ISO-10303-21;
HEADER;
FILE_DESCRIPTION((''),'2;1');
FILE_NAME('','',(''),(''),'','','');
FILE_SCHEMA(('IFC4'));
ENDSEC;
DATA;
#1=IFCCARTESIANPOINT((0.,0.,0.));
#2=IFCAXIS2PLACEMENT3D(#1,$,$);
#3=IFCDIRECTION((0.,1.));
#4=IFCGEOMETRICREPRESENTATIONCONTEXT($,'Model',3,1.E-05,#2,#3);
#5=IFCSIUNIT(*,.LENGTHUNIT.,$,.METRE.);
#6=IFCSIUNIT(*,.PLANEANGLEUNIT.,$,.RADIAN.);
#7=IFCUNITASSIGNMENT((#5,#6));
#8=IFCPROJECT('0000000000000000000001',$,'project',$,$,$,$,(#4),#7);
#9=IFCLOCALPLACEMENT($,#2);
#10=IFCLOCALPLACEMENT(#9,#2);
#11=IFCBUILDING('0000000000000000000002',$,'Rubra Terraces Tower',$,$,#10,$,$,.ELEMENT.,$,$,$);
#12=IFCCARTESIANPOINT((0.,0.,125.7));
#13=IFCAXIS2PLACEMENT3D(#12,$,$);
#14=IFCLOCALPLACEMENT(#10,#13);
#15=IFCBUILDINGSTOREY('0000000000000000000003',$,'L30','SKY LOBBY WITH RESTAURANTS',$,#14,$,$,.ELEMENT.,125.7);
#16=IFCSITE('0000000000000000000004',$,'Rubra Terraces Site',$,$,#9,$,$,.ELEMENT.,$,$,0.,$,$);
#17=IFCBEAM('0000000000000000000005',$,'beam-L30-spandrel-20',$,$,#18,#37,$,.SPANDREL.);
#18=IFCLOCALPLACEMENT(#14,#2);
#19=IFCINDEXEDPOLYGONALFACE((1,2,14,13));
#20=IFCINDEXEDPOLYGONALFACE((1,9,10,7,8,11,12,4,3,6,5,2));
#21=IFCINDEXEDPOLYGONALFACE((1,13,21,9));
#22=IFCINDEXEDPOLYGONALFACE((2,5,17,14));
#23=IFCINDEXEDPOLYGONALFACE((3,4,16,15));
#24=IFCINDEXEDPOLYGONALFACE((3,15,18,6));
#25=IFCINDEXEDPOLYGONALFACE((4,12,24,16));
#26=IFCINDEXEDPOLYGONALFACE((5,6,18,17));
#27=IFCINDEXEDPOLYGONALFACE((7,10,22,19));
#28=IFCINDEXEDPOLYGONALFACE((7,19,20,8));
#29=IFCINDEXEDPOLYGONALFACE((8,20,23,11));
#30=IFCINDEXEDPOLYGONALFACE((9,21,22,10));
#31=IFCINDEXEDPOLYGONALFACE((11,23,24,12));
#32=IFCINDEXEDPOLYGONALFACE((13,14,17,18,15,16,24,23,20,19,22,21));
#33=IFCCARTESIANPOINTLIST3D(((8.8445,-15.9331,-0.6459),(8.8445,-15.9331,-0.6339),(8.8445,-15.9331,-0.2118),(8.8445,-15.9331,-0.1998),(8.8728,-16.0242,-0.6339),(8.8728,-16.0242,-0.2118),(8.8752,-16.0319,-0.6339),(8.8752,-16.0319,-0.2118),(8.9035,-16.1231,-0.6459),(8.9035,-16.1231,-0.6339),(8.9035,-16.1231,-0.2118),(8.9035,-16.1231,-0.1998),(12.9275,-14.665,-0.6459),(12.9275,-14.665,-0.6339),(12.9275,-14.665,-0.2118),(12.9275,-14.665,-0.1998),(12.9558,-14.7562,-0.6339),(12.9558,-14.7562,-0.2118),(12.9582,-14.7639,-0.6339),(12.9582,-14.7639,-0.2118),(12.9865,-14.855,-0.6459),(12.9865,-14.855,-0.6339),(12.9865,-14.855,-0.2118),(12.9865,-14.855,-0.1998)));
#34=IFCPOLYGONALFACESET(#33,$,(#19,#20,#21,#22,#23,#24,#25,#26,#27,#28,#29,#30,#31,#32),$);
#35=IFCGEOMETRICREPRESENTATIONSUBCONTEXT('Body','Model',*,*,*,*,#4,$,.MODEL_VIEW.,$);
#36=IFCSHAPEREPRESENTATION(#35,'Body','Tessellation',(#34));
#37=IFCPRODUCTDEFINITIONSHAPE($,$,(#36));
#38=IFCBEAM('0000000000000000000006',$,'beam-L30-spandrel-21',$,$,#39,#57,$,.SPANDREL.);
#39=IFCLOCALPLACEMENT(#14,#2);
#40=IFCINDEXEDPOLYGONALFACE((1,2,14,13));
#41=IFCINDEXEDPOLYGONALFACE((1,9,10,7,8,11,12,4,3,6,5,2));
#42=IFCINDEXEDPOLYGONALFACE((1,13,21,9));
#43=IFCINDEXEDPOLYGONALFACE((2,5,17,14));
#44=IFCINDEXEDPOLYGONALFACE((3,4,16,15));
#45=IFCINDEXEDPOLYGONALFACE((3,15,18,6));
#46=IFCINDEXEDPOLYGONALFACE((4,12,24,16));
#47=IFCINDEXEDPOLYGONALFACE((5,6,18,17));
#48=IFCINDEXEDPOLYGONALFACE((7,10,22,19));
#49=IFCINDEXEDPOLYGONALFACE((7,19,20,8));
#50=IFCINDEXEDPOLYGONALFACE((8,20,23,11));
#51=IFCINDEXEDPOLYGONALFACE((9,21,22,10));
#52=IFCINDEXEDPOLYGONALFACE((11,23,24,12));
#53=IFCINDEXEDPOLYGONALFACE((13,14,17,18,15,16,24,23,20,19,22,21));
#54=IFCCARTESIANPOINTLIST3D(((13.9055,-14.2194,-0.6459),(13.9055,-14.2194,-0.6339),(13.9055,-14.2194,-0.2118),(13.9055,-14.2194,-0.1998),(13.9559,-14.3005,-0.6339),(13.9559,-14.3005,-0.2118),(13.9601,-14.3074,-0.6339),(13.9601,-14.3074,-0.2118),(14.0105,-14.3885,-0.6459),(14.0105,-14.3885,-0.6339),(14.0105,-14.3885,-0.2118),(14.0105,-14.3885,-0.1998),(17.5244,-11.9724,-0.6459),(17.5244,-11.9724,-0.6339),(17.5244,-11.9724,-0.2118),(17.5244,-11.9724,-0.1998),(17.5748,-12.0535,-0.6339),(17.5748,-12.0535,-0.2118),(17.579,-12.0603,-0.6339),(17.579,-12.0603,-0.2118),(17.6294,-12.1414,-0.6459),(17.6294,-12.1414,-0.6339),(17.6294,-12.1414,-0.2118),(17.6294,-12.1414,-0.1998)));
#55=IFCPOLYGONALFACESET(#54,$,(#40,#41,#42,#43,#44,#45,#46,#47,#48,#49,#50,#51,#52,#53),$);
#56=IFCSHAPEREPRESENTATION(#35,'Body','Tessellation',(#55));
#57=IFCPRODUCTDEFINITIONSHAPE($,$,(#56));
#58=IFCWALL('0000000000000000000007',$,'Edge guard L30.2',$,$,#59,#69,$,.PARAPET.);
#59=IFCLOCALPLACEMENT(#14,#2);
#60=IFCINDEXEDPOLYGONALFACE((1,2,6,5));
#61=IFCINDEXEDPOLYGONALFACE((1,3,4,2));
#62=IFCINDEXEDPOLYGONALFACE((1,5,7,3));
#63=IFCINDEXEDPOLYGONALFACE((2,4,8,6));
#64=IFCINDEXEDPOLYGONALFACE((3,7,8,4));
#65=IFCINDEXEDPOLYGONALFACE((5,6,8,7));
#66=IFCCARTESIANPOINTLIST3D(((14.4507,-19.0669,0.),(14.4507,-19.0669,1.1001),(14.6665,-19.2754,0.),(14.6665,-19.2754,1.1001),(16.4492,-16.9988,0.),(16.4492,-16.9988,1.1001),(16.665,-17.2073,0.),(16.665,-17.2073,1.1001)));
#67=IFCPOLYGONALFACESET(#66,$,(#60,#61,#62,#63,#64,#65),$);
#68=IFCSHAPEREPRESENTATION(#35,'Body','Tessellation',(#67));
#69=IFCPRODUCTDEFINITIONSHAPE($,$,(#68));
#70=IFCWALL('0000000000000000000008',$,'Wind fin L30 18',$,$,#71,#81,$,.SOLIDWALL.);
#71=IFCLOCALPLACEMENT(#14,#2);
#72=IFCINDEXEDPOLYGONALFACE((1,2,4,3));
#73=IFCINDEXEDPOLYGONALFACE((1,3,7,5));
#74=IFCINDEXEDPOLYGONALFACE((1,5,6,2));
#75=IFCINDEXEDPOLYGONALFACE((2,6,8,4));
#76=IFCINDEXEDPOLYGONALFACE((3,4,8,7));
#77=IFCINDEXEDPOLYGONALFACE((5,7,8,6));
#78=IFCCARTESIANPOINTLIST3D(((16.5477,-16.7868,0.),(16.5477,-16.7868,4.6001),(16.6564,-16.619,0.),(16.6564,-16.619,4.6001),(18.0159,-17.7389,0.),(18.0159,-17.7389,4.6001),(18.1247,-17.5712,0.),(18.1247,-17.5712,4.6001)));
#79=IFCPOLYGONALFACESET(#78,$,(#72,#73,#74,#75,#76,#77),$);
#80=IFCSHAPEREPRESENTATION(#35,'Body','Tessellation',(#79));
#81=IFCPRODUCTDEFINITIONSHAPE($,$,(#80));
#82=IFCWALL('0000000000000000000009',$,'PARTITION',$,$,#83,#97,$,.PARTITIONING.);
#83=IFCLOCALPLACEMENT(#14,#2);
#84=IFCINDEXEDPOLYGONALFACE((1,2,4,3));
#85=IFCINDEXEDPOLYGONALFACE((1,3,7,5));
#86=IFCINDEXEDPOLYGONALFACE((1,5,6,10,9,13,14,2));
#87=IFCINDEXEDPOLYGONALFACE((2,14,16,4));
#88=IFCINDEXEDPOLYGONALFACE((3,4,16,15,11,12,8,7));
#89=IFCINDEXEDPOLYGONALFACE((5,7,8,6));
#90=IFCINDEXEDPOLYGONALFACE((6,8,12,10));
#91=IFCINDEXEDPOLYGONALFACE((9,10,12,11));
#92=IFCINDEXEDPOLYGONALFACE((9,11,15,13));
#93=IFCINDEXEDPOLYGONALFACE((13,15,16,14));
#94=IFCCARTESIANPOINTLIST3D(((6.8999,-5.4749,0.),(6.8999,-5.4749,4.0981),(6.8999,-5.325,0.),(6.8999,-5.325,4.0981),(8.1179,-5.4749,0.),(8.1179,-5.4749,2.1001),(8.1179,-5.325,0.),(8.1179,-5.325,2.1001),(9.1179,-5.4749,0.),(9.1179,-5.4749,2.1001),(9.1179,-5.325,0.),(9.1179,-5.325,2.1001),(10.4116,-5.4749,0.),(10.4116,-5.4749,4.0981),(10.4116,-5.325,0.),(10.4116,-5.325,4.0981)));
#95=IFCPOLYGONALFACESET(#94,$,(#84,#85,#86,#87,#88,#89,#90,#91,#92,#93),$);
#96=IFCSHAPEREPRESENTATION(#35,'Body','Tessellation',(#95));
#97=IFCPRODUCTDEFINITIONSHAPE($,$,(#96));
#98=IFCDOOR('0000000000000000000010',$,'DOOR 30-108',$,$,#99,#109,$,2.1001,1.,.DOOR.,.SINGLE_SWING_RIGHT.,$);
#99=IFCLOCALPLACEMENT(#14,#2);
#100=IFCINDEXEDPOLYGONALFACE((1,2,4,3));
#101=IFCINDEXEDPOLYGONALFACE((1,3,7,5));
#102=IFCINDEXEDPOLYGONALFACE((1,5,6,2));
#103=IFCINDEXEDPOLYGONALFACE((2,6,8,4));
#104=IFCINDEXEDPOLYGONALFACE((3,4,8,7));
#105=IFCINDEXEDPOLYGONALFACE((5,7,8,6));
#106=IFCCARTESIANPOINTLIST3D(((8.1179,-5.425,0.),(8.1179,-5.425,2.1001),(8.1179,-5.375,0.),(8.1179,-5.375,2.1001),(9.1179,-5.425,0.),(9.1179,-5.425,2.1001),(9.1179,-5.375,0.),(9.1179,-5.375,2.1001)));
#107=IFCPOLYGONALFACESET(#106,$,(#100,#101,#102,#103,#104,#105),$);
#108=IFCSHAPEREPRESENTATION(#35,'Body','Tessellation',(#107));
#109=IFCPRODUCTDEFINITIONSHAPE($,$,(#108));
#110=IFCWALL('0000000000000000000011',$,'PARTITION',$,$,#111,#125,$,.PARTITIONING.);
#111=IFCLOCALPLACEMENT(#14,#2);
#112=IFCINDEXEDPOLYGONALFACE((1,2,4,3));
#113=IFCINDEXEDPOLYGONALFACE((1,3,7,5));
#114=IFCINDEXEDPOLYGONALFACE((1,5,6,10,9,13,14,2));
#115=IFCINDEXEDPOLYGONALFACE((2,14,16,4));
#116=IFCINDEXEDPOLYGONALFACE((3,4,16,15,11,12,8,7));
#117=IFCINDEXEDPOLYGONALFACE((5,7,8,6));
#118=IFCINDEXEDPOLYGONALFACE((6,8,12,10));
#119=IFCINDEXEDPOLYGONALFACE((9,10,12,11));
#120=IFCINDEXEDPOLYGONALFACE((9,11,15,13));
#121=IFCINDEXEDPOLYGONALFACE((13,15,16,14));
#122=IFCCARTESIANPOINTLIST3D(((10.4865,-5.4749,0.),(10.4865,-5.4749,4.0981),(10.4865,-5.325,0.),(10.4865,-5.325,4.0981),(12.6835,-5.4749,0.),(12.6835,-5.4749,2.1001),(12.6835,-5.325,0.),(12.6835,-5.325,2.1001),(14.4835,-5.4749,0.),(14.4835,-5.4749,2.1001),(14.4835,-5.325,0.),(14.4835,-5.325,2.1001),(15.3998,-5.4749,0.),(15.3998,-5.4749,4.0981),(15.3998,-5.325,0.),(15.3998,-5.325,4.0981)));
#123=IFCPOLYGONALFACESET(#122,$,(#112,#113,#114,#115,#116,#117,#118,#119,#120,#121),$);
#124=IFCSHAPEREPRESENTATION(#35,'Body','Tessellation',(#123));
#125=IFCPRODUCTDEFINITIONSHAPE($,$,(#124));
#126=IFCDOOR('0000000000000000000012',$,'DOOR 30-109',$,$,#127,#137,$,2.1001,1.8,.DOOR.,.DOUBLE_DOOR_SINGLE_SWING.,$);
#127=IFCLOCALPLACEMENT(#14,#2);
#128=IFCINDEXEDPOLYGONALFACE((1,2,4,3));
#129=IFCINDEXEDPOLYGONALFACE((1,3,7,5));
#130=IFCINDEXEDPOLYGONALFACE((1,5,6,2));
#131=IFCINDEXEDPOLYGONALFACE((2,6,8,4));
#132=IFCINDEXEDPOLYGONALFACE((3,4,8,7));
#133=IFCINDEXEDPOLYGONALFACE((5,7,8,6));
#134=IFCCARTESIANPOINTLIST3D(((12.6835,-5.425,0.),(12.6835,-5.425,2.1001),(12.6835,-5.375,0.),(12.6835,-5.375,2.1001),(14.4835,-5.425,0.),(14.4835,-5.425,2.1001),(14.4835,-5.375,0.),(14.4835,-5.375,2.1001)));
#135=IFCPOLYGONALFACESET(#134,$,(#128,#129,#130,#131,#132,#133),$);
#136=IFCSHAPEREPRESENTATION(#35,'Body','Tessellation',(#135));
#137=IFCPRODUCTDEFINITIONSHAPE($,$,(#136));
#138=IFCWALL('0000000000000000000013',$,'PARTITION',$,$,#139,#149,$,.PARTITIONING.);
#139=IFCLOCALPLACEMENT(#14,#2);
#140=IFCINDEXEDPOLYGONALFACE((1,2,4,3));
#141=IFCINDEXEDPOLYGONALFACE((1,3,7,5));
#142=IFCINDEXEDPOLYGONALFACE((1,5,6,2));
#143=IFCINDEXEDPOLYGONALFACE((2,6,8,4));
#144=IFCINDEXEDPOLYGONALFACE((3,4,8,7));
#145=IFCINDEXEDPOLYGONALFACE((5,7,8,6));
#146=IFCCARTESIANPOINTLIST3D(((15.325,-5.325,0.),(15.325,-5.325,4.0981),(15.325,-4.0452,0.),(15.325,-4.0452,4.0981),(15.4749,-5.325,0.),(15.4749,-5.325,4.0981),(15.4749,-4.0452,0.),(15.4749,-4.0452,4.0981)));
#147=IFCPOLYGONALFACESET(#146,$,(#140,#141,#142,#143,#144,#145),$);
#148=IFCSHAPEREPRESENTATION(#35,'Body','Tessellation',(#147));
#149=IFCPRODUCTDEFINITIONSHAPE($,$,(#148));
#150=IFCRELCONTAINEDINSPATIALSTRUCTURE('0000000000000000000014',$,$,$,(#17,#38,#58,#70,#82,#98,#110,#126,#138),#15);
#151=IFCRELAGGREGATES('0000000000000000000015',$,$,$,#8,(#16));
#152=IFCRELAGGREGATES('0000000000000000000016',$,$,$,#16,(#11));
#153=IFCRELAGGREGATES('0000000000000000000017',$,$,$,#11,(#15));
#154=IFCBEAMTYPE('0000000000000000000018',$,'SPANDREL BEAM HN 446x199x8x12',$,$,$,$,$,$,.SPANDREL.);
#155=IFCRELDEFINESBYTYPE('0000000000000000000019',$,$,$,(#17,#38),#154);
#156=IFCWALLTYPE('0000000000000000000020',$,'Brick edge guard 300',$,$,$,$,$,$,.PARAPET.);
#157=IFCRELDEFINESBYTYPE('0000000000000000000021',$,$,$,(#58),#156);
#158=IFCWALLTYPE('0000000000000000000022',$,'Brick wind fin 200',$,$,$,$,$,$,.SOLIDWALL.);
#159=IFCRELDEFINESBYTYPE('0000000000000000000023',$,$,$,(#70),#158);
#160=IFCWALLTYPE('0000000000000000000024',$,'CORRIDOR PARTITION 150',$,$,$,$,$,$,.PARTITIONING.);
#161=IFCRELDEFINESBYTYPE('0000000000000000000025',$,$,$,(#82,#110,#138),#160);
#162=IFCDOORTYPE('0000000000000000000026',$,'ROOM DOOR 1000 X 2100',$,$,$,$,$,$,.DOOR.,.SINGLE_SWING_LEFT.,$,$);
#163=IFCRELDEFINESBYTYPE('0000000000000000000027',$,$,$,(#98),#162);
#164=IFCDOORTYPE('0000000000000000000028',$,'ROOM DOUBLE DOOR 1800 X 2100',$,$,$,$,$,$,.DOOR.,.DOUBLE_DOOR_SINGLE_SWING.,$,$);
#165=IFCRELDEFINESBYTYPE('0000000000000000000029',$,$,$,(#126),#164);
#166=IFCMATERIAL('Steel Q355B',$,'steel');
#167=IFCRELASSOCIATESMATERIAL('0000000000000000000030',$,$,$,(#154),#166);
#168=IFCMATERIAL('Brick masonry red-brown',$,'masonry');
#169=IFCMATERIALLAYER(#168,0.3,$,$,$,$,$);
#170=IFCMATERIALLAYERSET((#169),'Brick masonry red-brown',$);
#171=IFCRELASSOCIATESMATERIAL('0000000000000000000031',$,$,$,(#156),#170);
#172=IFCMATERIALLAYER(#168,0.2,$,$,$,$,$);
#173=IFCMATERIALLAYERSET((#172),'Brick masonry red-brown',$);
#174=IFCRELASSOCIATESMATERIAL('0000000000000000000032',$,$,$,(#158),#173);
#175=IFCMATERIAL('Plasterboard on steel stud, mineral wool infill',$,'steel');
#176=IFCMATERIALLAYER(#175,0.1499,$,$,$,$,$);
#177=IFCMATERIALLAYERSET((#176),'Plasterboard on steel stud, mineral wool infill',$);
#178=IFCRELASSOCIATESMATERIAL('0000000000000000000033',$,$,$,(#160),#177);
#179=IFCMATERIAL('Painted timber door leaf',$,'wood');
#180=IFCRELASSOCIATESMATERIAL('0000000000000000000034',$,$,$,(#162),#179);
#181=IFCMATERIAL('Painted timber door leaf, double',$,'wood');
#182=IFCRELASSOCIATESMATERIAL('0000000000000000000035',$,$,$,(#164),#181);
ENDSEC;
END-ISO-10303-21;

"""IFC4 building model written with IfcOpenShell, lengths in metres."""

from ifc_helpers import new_model, si_unit, direction, frame, frame_2d, origin, origin_2d, place, context, subcontext, project, spatial, rectangle, i_section, extrude, material, layer, layer_set, material_profile, profile_set, type_object, element, fill, save


model = new_model("IFC4")

# Units and contexts
model_context = context("Model", 3, precision=1e-05, world=origin(), true_north=direction((0.0, 1.0)))
body_context = subcontext(model_context, "Body", "Model", "MODEL_VIEW")
ifc_project = project(units=[si_unit("LENGTHUNIT", "METRE"), si_unit("PLANEANGLEUNIT", "RADIAN")], contexts=[model_context])

# Site, building, storey
site_placement = place(None, origin())
site = spatial("IfcSite", under=ifc_project, at=site_placement, Name="Rubra Terraces Site", CompositionType="ELEMENT", RefElevation=0.0)
building_placement = place(site_placement, origin())
building = spatial("IfcBuilding", under=site, at=building_placement, Name="Rubra Terraces Tower", CompositionType="ELEMENT")
storey_placement = place(building_placement, frame((0.0, 0.0, 125.7)))
storey = spatial("IfcBuildingStorey", under=building, at=storey_placement, Name="L30", Description="SKY LOBBY WITH RESTAURANTS", CompositionType="ELEMENT", Elevation=125.7)

# Beams
ifc_material_1 = material(Name="Steel Q355B", Category="steel")
ifc_material_profile_1 = material_profile(ifc_material_1, i_section(OverallWidth=0.199, OverallDepth=0.446, WebThickness=0.0081, FlangeThickness=0.012, at=origin_2d()), Name="HN 446x199x8x12")
ifc_profile_set_1 = profile_set([ifc_material_profile_1], Name="Steel Q355B")
beam_type_1 = type_object("IfcBeamType", Name="SPANDREL BEAM HN 446x199x8x12", PredefinedType="SPANDREL", material=ifc_profile_set_1)
beam_1_placement = place(storey_placement, frame((8.874, -16.0281, -0.4229), z_axis=(0.955003, 0.296597, 0.0), x_axis=(-0.296597, 0.955003, 0.0)))
element("IfcBeam", 1, at=beam_1_placement, inside=storey, type_object=beam_type_1, Name="beam-L30-spandrel-20", PredefinedType="SPANDREL", context=body_context, shape_type="SweptSolid", body=[
    extrude(i_section(OverallWidth=0.199, OverallDepth=0.446, WebThickness=0.0081, FlangeThickness=0.012, at=origin_2d()), origin(), (0.0, 0.0, 1.0), 4.2754),
])
beam_2_placement = place(storey_placement, frame((13.958, -14.304, -0.4229), z_axis=(0.84955, 0.527508, 0.0), x_axis=(-0.527508, 0.84955, 0.0)))
element("IfcBeam", 2, at=beam_2_placement, inside=storey, type_object=beam_type_1, Name="beam-L30-spandrel-21", PredefinedType="SPANDREL", context=body_context, shape_type="SweptSolid", body=[
    extrude(i_section(OverallWidth=0.199, OverallDepth=0.446, WebThickness=0.0081, FlangeThickness=0.012, at=origin_2d()), origin(), (0.0, 0.0, 1.0), 4.2598),
])

# Walls
ifc_material_2 = material(Name="Brick masonry red-brown", Category="masonry")
ifc_layer_1 = layer(ifc_material_2, 0.3)
ifc_layer_set_1 = layer_set([ifc_layer_1], Name="Brick masonry red-brown")
wall_type_1 = type_object("IfcWallType", Name="Brick edge guard 300", PredefinedType="PARAPET", material=ifc_layer_set_1)
wall_1_placement = place(storey_placement, frame((16.5571, -17.103, 0.0), z_axis=(0.0, 0.0, 1.0), x_axis=(-0.694907, -0.7191, 0.0)))
element("IfcWall", 3, at=wall_1_placement, inside=storey, type_object=wall_type_1, Name="Edge guard L30.2", PredefinedType="PARAPET", context=body_context, shape_type="SweptSolid", body=[
    extrude(rectangle(XDim=2.876, YDim=0.3, at=frame_2d((1.438, 0.0))), origin(), (0.0, 0.0, 1.0), 1.1001),
])
ifc_layer_2 = layer(ifc_material_2, 0.2)
ifc_layer_set_2 = layer_set([ifc_layer_2], Name="Brick masonry red-brown")
wall_type_2 = type_object("IfcWallType", Name="Brick wind fin 200", PredefinedType="SOLIDWALL", material=ifc_layer_set_2)
wall_2_placement = place(storey_placement, frame((16.6021, -16.7029, 0.0), z_axis=(0.0, 0.0, 1.0), x_axis=(0.839023, -0.544096, 0.0)))
element("IfcWall", 4, at=wall_2_placement, inside=storey, type_object=wall_type_2, Name="Wind fin L30 18", PredefinedType="SOLIDWALL", context=body_context, shape_type="SweptSolid", body=[
    extrude(rectangle(XDim=1.75, YDim=0.2, at=frame_2d((0.875, 0.0))), origin(), (0.0, 0.0, 1.0), 4.6001),
])

# Walls, openings, doors
ifc_material_3 = material(Name="Plasterboard on steel stud, mineral wool infill", Category="steel")
ifc_layer_3 = layer(ifc_material_3, 0.1499)
ifc_layer_set_3 = layer_set([ifc_layer_3], Name="Plasterboard on steel stud, mineral wool infill")
wall_type_3 = type_object("IfcWallType", Name="CORRIDOR PARTITION 150", PredefinedType="PARTITIONING", material=ifc_layer_set_3)
wall_3_placement = place(storey_placement, frame((6.8999, -5.3999, 0.0), z_axis=(0.0, 0.0, 1.0), x_axis=(1.0, 0.0, 0.0)))
wall_3 = element("IfcWall", 5, at=wall_3_placement, inside=storey, type_object=wall_type_3, Name="PARTITION", PredefinedType="PARTITIONING", context=body_context, shape_type="SweptSolid", body=[
    extrude(rectangle(XDim=3.5117, YDim=0.1499, at=frame_2d((1.7559, 0.0))), origin(), (0.0, 0.0, 1.0), 4.0981),
])
opening_1_placement = place(wall_3_placement, frame((1.218, 0.0, 0.0)))
opening_1 = element("IfcOpeningElement", 6, at=opening_1_placement, cuts=wall_3, PredefinedType="OPENING", context=body_context, shape_type="SweptSolid", body=[
    extrude(rectangle(XDim=1.0, YDim=2.1001, at=frame_2d((0.5, 1.05))), frame((0.0, 0.085, 0.0), z_axis=(0.0, -1.0, 0.0), x_axis=(1.0, 0.0, 0.0)), (0.0, 0.0, 1.0), 0.1699),
])
ifc_material_4 = material(Name="Painted timber door leaf", Category="wood")
door_type_1 = type_object("IfcDoorType", Name="ROOM DOOR 1000 X 2100", OperationType="SINGLE_SWING_LEFT", PredefinedType="DOOR", material=ifc_material_4)
door_1_placement = place(opening_1_placement, origin())
door_1 = element("IfcDoor", 7, at=door_1_placement, inside=storey, type_object=door_type_1, Name="DOOR 30-108", OperationType="SINGLE_SWING_RIGHT", OverallHeight=2.1001, OverallWidth=1.0, PredefinedType="DOOR", context=body_context, shape_type="SweptSolid", body=[
    extrude(rectangle(XDim=1.0, YDim=2.1001, at=frame_2d((0.5, 1.05))), frame((0.0, 0.0249, 0.0), z_axis=(0.0, -1.0, 0.0), x_axis=(1.0, 0.0, 0.0)), (0.0, 0.0, 1.0), 0.05),
])
fill(opening_1, door_1)
wall_4_placement = place(storey_placement, frame((10.4866, -5.3999, 0.0), z_axis=(0.0, 0.0, 1.0), x_axis=(1.0, 0.0, 0.0)))
wall_4 = element("IfcWall", 8, at=wall_4_placement, inside=storey, type_object=wall_type_3, Name="PARTITION", PredefinedType="PARTITIONING", context=body_context, shape_type="SweptSolid", body=[
    extrude(rectangle(XDim=4.9133, YDim=0.1499, at=frame_2d((2.4565, 0.0))), origin(), (0.0, 0.0, 1.0), 4.0981),
])
opening_2_placement = place(wall_4_placement, frame((2.197, 0.0, 0.0)))
opening_2 = element("IfcOpeningElement", 9, at=opening_2_placement, cuts=wall_4, PredefinedType="OPENING", context=body_context, shape_type="SweptSolid", body=[
    extrude(rectangle(XDim=1.8, YDim=2.1001, at=frame_2d((0.8999, 1.05))), frame((0.0, 0.085, 0.0), z_axis=(0.0, -1.0, 0.0), x_axis=(1.0, 0.0, 0.0)), (0.0, 0.0, 1.0), 0.1699),
])
ifc_material_5 = material(Name="Painted timber door leaf, double", Category="wood")
door_type_2 = type_object("IfcDoorType", Name="ROOM DOUBLE DOOR 1800 X 2100", OperationType="DOUBLE_DOOR_SINGLE_SWING", PredefinedType="DOOR", material=ifc_material_5)
door_2_placement = place(opening_2_placement, origin())
door_2 = element("IfcDoor", 10, at=door_2_placement, inside=storey, type_object=door_type_2, Name="DOOR 30-109", OperationType="DOUBLE_DOOR_SINGLE_SWING", OverallHeight=2.1001, OverallWidth=1.8, PredefinedType="DOOR", context=body_context, shape_type="SweptSolid", body=[
    extrude(rectangle(XDim=1.8, YDim=2.1001, at=frame_2d((0.8999, 1.05))), frame((0.0, 0.0249, 0.0), z_axis=(0.0, -1.0, 0.0), x_axis=(1.0, 0.0, 0.0)), (0.0, 0.0, 1.0), 0.05),
])
fill(opening_2, door_2)

# Wall
wall_5_placement = place(storey_placement, frame((15.3999, -5.325, 0.0), z_axis=(0.0, 0.0, 1.0), x_axis=(0.0, 1.0, 0.0)))
element("IfcWall", 11, at=wall_5_placement, inside=storey, type_object=wall_type_3, Name="PARTITION", PredefinedType="PARTITIONING", context=body_context, shape_type="SweptSolid", body=[
    extrude(rectangle(XDim=1.2798, YDim=0.1499, at=frame_2d((0.6399, 0.0))), origin(), (0.0, 0.0, 1.0), 4.0981),
])

save(model, "model.ifc")
